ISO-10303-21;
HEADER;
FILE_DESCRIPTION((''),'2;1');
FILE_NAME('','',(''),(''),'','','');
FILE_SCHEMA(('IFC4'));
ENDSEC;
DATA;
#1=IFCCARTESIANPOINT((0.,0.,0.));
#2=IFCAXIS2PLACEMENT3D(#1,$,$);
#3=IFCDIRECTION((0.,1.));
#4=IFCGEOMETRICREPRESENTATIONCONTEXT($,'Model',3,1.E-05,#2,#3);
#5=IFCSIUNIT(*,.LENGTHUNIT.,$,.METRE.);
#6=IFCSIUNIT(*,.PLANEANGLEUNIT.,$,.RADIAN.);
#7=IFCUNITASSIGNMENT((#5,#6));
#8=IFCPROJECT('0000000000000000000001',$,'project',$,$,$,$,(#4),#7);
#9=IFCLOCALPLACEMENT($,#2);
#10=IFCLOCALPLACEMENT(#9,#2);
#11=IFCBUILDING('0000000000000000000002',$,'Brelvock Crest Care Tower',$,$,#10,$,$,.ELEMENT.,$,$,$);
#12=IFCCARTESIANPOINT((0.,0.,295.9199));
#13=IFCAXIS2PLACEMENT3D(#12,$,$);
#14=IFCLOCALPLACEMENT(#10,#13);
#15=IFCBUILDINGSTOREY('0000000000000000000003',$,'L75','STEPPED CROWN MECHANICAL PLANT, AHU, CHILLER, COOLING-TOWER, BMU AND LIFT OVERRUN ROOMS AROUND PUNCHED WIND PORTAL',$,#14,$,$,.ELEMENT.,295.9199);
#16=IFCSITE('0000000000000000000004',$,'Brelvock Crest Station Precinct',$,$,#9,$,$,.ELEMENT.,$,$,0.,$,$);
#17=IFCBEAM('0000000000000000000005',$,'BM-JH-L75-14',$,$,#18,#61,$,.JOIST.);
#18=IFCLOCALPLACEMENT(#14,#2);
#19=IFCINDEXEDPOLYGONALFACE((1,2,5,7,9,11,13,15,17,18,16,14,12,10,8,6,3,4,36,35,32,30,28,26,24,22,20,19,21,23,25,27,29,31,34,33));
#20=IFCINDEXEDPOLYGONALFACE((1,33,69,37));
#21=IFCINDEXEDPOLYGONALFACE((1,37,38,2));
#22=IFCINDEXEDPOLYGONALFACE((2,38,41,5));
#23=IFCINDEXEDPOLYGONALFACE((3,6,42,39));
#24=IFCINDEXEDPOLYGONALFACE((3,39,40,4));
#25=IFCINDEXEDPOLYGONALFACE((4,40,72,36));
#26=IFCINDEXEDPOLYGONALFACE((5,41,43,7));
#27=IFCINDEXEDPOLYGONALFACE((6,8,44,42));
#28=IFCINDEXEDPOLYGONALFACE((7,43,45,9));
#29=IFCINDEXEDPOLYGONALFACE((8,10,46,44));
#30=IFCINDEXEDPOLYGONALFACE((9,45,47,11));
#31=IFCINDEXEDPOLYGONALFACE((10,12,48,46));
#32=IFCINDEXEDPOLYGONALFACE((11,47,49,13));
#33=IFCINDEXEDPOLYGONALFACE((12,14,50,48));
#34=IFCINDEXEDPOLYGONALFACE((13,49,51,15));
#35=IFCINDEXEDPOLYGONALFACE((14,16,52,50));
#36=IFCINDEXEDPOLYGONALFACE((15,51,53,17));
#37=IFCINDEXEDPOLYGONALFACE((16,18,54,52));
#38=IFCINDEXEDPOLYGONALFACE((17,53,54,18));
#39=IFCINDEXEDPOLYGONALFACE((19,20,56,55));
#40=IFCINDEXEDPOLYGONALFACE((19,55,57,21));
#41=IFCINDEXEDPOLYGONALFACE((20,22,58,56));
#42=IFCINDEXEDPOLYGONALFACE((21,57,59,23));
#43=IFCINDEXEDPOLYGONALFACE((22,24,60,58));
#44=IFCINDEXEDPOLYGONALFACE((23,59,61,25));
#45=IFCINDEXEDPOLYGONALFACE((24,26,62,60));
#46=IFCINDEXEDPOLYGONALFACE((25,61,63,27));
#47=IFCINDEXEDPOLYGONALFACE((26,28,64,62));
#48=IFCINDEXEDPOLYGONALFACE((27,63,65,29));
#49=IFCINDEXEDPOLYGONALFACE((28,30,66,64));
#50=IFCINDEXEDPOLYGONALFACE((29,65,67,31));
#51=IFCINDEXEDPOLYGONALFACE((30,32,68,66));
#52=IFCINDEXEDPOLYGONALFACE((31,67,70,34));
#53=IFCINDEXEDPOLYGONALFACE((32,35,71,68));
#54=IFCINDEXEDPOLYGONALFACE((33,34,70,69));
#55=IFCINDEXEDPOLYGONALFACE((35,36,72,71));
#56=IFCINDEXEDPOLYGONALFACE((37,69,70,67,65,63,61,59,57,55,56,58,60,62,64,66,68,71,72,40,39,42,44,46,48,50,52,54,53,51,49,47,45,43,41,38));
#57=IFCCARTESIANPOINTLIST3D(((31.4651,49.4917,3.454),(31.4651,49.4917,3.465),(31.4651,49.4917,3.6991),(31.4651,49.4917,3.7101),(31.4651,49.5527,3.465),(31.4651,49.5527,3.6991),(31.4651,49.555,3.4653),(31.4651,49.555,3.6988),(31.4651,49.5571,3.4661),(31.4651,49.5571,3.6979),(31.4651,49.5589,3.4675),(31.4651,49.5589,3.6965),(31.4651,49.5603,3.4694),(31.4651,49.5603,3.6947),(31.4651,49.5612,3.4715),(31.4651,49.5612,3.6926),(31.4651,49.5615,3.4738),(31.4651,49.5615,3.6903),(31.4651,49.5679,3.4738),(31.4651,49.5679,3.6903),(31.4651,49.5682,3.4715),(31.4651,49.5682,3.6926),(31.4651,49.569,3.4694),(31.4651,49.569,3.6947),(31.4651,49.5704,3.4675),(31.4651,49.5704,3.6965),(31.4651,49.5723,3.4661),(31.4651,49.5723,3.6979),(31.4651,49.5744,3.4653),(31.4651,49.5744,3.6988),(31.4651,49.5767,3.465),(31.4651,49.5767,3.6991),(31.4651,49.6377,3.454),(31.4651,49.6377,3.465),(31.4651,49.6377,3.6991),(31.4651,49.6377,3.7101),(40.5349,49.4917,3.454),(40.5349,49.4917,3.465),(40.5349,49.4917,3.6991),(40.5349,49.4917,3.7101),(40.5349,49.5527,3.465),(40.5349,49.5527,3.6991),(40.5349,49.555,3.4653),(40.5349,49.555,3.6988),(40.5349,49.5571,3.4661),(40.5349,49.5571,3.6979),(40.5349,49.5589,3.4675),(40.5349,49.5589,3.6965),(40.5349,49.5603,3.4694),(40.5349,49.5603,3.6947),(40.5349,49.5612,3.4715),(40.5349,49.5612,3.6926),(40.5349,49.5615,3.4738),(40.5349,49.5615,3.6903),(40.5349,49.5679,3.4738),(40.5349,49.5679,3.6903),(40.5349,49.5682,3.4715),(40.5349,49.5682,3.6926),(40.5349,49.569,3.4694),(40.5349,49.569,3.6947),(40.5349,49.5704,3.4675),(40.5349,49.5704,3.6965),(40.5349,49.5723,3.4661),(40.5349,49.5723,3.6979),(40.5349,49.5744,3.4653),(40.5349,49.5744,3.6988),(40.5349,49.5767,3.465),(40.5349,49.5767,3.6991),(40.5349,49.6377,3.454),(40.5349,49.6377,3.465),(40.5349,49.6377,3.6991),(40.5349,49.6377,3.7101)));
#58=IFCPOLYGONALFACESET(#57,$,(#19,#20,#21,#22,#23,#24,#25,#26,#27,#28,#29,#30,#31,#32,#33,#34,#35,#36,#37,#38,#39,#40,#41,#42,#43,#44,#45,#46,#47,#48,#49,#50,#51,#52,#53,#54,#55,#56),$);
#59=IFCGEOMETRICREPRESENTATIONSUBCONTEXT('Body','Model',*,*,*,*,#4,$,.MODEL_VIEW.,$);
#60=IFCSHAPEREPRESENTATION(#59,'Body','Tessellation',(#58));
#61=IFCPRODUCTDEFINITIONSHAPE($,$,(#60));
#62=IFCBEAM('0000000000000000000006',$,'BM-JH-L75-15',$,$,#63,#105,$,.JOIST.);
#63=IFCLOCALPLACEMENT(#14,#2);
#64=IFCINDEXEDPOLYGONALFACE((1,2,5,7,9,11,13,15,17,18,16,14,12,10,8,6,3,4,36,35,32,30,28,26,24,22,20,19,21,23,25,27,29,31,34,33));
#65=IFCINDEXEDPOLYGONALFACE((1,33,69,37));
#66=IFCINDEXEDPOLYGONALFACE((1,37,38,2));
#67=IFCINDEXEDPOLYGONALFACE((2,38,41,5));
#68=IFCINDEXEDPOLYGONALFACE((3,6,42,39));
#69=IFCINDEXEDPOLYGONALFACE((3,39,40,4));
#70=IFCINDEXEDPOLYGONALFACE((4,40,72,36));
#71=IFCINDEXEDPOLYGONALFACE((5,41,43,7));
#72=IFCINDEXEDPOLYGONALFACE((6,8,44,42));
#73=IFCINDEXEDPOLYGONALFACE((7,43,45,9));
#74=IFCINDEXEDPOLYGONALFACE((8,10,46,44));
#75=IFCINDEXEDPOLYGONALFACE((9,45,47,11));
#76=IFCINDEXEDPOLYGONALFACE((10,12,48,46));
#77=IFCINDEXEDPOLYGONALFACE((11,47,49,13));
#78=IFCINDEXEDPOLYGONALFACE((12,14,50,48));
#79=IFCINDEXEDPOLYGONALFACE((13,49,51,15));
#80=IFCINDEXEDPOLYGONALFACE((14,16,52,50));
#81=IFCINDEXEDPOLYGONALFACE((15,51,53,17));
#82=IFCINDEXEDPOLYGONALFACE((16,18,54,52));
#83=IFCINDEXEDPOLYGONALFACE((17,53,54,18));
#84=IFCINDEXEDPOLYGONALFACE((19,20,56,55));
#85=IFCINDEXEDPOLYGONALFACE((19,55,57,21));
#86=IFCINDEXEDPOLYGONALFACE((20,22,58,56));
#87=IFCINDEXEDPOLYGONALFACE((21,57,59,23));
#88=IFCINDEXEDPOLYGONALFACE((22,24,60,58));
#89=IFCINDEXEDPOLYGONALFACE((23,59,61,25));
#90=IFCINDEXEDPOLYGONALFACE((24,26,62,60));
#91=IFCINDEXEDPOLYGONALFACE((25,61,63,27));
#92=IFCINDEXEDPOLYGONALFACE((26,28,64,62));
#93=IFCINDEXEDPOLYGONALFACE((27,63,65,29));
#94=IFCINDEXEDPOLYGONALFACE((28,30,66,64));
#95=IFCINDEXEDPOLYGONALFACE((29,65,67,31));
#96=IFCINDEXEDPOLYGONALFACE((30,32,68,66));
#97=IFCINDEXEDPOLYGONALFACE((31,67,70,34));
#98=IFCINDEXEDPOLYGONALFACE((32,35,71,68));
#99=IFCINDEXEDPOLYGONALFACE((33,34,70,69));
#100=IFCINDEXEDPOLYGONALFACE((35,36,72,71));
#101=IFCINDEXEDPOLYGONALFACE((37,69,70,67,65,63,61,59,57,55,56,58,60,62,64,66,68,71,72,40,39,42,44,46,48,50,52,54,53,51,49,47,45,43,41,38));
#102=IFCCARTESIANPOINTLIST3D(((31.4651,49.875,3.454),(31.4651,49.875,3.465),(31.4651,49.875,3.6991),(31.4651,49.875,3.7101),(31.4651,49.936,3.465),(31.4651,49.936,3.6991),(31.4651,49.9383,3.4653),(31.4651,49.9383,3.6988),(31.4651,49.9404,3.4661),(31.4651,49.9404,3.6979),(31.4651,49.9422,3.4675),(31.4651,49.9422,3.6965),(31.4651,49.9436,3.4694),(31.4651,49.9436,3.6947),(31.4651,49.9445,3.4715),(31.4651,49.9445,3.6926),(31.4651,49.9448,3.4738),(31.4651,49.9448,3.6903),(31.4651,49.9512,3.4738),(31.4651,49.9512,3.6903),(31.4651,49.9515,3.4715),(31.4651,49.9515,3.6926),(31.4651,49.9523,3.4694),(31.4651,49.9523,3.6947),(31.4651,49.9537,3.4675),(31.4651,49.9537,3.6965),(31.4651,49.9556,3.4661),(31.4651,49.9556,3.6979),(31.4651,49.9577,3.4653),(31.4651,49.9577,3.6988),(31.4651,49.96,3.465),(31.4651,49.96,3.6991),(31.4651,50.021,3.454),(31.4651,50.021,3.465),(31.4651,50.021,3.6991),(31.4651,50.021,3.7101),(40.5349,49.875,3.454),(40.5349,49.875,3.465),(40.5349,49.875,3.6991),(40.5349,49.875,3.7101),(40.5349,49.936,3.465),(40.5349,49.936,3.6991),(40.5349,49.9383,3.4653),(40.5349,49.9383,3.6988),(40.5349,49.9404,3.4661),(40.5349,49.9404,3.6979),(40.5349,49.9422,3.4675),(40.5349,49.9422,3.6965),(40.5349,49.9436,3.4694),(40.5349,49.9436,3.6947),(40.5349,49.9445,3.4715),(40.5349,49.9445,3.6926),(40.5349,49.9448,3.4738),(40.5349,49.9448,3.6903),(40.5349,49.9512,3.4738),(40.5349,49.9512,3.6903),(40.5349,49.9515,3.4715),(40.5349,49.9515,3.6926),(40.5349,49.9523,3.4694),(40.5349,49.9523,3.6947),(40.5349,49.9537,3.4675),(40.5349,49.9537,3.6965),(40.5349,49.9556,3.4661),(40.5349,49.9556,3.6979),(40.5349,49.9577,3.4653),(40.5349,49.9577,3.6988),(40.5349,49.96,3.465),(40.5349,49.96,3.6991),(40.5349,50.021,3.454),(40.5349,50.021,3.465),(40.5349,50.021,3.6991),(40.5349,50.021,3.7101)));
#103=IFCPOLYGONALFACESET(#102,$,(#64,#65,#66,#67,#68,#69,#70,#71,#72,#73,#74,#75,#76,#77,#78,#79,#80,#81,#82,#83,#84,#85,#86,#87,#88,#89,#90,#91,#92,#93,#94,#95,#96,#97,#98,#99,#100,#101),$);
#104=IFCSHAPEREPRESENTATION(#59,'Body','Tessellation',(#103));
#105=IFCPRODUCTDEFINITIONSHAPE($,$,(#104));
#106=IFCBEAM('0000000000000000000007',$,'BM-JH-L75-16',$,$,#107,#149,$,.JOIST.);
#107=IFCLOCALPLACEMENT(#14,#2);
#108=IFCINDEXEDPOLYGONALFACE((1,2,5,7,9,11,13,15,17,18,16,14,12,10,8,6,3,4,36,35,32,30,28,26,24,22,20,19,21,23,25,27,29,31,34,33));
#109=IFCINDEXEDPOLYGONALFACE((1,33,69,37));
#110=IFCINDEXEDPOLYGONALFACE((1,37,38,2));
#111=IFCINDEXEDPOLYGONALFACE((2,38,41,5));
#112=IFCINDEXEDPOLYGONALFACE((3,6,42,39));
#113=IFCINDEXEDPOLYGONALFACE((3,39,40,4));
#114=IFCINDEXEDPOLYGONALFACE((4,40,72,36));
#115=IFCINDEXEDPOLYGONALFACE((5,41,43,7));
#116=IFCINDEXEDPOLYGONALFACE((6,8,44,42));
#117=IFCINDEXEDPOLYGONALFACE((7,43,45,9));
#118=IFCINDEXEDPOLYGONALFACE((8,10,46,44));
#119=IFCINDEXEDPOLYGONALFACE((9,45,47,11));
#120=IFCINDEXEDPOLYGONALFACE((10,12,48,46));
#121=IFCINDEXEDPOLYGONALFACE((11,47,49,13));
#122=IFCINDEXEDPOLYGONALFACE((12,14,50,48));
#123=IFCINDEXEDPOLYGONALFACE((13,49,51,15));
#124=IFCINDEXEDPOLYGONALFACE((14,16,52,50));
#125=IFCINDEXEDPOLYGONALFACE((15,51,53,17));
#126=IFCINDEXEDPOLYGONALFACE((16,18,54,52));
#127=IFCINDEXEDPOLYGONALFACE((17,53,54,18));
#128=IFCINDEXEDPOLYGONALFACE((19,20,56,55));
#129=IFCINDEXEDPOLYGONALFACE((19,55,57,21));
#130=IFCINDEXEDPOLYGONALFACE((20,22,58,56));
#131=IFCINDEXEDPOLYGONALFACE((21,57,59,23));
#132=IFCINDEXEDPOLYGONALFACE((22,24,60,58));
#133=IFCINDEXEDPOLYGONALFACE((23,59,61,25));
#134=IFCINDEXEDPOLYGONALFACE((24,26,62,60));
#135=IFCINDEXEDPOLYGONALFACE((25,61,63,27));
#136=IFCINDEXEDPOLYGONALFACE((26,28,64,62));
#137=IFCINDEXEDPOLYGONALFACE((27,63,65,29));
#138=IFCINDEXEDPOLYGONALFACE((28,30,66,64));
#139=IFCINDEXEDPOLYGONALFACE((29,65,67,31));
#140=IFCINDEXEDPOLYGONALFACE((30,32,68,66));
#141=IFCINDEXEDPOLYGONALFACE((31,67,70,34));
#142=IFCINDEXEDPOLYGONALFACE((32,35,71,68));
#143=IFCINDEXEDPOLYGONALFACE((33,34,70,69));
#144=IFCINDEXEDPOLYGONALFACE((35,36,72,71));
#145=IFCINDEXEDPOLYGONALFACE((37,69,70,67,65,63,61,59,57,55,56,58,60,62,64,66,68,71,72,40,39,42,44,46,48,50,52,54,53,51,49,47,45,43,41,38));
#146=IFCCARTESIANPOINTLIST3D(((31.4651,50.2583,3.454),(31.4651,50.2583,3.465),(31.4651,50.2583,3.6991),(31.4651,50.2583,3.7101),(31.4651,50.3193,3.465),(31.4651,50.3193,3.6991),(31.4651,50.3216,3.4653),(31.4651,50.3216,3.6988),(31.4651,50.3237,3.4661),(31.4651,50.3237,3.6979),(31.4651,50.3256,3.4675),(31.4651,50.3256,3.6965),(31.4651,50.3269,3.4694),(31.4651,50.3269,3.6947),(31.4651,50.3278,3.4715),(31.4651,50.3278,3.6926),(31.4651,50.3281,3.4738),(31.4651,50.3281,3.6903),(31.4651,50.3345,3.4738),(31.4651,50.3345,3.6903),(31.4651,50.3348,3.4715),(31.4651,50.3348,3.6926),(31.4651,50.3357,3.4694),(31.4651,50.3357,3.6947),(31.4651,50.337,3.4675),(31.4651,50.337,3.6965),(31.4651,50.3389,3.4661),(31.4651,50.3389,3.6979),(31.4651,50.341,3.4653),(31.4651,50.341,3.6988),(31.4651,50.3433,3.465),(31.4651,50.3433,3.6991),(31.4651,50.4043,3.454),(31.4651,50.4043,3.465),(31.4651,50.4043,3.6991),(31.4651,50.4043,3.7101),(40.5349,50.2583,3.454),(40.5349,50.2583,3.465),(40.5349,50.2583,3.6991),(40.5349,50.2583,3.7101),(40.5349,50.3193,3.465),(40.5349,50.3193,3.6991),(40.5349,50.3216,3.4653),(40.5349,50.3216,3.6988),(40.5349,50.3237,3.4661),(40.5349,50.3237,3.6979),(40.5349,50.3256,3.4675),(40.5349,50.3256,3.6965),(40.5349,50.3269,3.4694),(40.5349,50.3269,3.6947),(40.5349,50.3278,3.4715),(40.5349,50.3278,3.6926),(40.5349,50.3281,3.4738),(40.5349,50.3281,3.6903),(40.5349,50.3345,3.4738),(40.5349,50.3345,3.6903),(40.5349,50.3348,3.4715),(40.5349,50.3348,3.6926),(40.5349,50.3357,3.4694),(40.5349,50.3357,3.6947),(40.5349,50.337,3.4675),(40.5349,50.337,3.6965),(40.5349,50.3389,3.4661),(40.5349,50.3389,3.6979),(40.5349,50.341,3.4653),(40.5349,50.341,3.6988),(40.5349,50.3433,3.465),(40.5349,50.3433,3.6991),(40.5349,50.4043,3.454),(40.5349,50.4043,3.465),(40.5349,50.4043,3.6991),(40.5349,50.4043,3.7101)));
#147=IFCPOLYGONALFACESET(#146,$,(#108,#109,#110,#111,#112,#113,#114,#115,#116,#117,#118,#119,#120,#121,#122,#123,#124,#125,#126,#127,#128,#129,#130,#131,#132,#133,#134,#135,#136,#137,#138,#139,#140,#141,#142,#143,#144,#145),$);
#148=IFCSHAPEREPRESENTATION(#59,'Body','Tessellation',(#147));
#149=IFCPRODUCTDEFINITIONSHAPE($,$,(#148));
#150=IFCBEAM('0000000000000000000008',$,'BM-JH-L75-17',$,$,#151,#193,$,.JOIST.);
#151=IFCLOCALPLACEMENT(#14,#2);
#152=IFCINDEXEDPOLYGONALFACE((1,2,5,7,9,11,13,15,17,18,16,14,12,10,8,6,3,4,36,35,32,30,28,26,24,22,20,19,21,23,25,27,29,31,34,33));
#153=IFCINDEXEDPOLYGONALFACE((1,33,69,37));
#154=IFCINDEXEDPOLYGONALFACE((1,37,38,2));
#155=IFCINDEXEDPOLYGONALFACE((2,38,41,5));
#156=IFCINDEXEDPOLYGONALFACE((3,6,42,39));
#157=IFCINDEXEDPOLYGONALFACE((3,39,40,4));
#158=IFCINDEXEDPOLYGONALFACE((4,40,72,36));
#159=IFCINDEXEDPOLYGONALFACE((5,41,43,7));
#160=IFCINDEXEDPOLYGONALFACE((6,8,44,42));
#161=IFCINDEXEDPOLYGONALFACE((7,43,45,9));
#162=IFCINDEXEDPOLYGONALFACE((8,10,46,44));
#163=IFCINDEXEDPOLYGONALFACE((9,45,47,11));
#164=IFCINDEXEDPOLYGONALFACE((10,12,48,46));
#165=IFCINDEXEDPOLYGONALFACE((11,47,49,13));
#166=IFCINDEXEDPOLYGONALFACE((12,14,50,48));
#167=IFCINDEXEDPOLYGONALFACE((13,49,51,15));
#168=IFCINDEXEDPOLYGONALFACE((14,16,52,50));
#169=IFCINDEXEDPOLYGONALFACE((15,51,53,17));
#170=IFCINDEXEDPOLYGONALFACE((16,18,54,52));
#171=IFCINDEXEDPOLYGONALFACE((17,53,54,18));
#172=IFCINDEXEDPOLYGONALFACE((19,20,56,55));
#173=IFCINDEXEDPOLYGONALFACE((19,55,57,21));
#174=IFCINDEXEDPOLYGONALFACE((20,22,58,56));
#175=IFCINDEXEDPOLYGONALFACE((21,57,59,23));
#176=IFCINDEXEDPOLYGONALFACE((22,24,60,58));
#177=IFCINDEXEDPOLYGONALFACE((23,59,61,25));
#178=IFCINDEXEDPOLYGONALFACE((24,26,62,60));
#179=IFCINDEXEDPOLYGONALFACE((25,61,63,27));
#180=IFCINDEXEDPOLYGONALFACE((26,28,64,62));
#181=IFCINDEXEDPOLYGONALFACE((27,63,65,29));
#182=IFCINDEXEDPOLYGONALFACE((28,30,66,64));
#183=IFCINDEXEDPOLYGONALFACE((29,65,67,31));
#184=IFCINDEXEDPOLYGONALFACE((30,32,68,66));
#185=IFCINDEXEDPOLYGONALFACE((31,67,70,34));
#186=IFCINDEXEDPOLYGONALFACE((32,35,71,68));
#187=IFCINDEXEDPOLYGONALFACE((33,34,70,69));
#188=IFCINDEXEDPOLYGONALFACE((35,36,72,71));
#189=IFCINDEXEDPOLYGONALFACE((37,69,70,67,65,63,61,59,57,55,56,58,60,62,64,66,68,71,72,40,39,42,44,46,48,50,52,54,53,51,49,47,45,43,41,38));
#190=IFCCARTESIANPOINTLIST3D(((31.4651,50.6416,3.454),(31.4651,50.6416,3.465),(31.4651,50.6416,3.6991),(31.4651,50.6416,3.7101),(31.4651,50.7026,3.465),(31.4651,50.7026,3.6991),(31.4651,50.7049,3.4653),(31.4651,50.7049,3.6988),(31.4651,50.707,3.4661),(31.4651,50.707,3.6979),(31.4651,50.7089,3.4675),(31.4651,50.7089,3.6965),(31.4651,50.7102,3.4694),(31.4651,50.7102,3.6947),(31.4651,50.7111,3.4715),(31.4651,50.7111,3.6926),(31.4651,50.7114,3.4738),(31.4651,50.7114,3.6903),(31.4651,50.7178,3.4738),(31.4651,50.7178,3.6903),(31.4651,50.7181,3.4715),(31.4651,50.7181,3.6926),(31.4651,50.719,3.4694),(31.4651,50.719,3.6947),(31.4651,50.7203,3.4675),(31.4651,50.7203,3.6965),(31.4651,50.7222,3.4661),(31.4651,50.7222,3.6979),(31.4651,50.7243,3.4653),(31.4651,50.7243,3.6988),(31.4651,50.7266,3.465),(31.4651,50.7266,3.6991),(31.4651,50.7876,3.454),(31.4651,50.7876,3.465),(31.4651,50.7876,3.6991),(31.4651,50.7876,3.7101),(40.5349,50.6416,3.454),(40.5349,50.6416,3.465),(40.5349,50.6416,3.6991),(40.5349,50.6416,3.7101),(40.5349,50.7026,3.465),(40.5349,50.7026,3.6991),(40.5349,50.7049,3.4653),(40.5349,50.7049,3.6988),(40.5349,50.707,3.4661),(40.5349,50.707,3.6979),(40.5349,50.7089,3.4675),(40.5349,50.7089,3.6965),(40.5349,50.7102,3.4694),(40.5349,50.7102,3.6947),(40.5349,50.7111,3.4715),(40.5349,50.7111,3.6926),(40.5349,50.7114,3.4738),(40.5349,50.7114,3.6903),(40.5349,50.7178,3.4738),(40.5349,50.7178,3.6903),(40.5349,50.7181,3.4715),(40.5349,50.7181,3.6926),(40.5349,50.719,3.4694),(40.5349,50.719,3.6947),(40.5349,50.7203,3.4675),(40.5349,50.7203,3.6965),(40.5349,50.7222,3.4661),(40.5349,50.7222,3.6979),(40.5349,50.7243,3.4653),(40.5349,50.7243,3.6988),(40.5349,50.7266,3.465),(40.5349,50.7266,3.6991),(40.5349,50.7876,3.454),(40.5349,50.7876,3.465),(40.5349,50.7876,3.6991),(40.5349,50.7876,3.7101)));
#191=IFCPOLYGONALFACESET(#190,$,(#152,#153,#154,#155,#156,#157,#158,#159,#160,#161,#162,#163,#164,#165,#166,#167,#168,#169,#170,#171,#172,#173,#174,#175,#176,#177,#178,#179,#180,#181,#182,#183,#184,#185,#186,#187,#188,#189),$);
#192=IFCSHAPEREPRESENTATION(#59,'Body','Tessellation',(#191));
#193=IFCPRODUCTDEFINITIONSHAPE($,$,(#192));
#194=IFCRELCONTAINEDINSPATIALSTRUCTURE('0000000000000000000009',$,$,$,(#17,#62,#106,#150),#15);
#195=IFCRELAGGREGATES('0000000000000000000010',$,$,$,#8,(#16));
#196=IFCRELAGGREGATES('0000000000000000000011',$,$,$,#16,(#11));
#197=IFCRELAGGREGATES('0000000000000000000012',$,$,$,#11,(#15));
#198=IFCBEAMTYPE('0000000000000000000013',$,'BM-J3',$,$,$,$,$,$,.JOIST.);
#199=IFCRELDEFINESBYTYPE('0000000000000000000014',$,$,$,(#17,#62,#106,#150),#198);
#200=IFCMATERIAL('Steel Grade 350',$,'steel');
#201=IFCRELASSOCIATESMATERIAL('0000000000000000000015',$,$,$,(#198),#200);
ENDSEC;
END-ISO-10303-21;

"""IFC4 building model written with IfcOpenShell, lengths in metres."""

from ifc_helpers import new_model, si_unit, direction, frame, origin, origin_2d, place, context, subcontext, project, spatial, i_section, extrude, source, transform, mapped, material, material_profile, profile_set, type_object, element, save


model = new_model("IFC4")

# Units and contexts
model_context = context("Model", 3, precision=1e-05, world=origin(), true_north=direction((0.0, 1.0)))
body_context = subcontext(model_context, "Body", "Model", "MODEL_VIEW")
ifc_project = project(units=[si_unit("LENGTHUNIT", "METRE"), si_unit("PLANEANGLEUNIT", "RADIAN")], contexts=[model_context])

# Site, building, storey
site_placement = place(None, origin())
site = spatial("IfcSite", under=ifc_project, at=site_placement, Name="Brelvock Crest Station Precinct", CompositionType="ELEMENT", RefElevation=0.0)
building_placement = place(site_placement, origin())
building = spatial("IfcBuilding", under=site, at=building_placement, Name="Brelvock Crest Care Tower", CompositionType="ELEMENT")
storey_placement = place(building_placement, frame((0.0, 0.0, 295.9199)))
storey = spatial("IfcBuildingStorey", under=building, at=storey_placement, Name="L75", Description="STEPPED CROWN MECHANICAL PLANT, AHU, CHILLER, COOLING-TOWER, BMU AND LIFT OVERRUN ROOMS AROUND PUNCHED WIND PORTAL", CompositionType="ELEMENT", Elevation=295.9199)

# Shared definitions
ifc_material_1 = material(Name="Steel Grade 350", Category="steel")

# Beams
ifc_material_profile_1 = material_profile(ifc_material_1, i_section(OverallWidth=0.146, OverallDepth=0.2561, WebThickness=0.0063, FlangeThickness=0.011, FilletRadius=0.0088, at=origin_2d()), Name="250UB37.3")
ifc_profile_set_1 = profile_set([ifc_material_profile_1], Name="Steel Grade 350")
beam_type_1 = type_object("IfcBeamType", Name="BM-J3", PredefinedType="JOIST", material=ifc_profile_set_1)
shared_shape_1 = source(origin(), body_context, "Body", "SweptSolid", [
    extrude(i_section(OverallWidth=0.146, OverallDepth=0.2561, WebThickness=0.0063, FlangeThickness=0.011, FilletRadius=0.0088, at=origin_2d()), origin(), (0.0, 0.0, 1.0), 9.0698),
])
for number, where, z_axis, x_axis, name in (
    (1, (31.4651, 49.5647, 3.582), (1.0, 0.0, 0.0), (0.0, 1.0, 0.0), "BM-JH-L75-14"),
    (2, (31.4651, 49.948, 3.582), (1.0, 0.0, 0.0), (0.0, 1.0, 0.0), "BM-JH-L75-15"),
    (3, (31.4651, 50.3313, 3.582), (1.0, 0.0, 0.0), (0.0, 1.0, 0.0), "BM-JH-L75-16"),
    (4, (31.4651, 50.7146, 3.582), (1.0, 0.0, 0.0), (0.0, 1.0, 0.0), "BM-JH-L75-17"),
):
    element("IfcBeam", number, at=place(storey_placement, frame(where, z_axis=z_axis, x_axis=x_axis)), inside=storey, type_object=beam_type_1, Name=name, PredefinedType="JOIST", context=body_context, shape_type="MappedRepresentation", body=[
        mapped(shared_shape_1, transform((0.0, 0.0, 0.0), x_axis=(1.0, 0.0, 0.0), y_axis=(0.0, 1.0, 0.0), z_axis=(0.0, 0.0, 1.0), scale=1.0)),
    ])

save(model, "model.ifc")
